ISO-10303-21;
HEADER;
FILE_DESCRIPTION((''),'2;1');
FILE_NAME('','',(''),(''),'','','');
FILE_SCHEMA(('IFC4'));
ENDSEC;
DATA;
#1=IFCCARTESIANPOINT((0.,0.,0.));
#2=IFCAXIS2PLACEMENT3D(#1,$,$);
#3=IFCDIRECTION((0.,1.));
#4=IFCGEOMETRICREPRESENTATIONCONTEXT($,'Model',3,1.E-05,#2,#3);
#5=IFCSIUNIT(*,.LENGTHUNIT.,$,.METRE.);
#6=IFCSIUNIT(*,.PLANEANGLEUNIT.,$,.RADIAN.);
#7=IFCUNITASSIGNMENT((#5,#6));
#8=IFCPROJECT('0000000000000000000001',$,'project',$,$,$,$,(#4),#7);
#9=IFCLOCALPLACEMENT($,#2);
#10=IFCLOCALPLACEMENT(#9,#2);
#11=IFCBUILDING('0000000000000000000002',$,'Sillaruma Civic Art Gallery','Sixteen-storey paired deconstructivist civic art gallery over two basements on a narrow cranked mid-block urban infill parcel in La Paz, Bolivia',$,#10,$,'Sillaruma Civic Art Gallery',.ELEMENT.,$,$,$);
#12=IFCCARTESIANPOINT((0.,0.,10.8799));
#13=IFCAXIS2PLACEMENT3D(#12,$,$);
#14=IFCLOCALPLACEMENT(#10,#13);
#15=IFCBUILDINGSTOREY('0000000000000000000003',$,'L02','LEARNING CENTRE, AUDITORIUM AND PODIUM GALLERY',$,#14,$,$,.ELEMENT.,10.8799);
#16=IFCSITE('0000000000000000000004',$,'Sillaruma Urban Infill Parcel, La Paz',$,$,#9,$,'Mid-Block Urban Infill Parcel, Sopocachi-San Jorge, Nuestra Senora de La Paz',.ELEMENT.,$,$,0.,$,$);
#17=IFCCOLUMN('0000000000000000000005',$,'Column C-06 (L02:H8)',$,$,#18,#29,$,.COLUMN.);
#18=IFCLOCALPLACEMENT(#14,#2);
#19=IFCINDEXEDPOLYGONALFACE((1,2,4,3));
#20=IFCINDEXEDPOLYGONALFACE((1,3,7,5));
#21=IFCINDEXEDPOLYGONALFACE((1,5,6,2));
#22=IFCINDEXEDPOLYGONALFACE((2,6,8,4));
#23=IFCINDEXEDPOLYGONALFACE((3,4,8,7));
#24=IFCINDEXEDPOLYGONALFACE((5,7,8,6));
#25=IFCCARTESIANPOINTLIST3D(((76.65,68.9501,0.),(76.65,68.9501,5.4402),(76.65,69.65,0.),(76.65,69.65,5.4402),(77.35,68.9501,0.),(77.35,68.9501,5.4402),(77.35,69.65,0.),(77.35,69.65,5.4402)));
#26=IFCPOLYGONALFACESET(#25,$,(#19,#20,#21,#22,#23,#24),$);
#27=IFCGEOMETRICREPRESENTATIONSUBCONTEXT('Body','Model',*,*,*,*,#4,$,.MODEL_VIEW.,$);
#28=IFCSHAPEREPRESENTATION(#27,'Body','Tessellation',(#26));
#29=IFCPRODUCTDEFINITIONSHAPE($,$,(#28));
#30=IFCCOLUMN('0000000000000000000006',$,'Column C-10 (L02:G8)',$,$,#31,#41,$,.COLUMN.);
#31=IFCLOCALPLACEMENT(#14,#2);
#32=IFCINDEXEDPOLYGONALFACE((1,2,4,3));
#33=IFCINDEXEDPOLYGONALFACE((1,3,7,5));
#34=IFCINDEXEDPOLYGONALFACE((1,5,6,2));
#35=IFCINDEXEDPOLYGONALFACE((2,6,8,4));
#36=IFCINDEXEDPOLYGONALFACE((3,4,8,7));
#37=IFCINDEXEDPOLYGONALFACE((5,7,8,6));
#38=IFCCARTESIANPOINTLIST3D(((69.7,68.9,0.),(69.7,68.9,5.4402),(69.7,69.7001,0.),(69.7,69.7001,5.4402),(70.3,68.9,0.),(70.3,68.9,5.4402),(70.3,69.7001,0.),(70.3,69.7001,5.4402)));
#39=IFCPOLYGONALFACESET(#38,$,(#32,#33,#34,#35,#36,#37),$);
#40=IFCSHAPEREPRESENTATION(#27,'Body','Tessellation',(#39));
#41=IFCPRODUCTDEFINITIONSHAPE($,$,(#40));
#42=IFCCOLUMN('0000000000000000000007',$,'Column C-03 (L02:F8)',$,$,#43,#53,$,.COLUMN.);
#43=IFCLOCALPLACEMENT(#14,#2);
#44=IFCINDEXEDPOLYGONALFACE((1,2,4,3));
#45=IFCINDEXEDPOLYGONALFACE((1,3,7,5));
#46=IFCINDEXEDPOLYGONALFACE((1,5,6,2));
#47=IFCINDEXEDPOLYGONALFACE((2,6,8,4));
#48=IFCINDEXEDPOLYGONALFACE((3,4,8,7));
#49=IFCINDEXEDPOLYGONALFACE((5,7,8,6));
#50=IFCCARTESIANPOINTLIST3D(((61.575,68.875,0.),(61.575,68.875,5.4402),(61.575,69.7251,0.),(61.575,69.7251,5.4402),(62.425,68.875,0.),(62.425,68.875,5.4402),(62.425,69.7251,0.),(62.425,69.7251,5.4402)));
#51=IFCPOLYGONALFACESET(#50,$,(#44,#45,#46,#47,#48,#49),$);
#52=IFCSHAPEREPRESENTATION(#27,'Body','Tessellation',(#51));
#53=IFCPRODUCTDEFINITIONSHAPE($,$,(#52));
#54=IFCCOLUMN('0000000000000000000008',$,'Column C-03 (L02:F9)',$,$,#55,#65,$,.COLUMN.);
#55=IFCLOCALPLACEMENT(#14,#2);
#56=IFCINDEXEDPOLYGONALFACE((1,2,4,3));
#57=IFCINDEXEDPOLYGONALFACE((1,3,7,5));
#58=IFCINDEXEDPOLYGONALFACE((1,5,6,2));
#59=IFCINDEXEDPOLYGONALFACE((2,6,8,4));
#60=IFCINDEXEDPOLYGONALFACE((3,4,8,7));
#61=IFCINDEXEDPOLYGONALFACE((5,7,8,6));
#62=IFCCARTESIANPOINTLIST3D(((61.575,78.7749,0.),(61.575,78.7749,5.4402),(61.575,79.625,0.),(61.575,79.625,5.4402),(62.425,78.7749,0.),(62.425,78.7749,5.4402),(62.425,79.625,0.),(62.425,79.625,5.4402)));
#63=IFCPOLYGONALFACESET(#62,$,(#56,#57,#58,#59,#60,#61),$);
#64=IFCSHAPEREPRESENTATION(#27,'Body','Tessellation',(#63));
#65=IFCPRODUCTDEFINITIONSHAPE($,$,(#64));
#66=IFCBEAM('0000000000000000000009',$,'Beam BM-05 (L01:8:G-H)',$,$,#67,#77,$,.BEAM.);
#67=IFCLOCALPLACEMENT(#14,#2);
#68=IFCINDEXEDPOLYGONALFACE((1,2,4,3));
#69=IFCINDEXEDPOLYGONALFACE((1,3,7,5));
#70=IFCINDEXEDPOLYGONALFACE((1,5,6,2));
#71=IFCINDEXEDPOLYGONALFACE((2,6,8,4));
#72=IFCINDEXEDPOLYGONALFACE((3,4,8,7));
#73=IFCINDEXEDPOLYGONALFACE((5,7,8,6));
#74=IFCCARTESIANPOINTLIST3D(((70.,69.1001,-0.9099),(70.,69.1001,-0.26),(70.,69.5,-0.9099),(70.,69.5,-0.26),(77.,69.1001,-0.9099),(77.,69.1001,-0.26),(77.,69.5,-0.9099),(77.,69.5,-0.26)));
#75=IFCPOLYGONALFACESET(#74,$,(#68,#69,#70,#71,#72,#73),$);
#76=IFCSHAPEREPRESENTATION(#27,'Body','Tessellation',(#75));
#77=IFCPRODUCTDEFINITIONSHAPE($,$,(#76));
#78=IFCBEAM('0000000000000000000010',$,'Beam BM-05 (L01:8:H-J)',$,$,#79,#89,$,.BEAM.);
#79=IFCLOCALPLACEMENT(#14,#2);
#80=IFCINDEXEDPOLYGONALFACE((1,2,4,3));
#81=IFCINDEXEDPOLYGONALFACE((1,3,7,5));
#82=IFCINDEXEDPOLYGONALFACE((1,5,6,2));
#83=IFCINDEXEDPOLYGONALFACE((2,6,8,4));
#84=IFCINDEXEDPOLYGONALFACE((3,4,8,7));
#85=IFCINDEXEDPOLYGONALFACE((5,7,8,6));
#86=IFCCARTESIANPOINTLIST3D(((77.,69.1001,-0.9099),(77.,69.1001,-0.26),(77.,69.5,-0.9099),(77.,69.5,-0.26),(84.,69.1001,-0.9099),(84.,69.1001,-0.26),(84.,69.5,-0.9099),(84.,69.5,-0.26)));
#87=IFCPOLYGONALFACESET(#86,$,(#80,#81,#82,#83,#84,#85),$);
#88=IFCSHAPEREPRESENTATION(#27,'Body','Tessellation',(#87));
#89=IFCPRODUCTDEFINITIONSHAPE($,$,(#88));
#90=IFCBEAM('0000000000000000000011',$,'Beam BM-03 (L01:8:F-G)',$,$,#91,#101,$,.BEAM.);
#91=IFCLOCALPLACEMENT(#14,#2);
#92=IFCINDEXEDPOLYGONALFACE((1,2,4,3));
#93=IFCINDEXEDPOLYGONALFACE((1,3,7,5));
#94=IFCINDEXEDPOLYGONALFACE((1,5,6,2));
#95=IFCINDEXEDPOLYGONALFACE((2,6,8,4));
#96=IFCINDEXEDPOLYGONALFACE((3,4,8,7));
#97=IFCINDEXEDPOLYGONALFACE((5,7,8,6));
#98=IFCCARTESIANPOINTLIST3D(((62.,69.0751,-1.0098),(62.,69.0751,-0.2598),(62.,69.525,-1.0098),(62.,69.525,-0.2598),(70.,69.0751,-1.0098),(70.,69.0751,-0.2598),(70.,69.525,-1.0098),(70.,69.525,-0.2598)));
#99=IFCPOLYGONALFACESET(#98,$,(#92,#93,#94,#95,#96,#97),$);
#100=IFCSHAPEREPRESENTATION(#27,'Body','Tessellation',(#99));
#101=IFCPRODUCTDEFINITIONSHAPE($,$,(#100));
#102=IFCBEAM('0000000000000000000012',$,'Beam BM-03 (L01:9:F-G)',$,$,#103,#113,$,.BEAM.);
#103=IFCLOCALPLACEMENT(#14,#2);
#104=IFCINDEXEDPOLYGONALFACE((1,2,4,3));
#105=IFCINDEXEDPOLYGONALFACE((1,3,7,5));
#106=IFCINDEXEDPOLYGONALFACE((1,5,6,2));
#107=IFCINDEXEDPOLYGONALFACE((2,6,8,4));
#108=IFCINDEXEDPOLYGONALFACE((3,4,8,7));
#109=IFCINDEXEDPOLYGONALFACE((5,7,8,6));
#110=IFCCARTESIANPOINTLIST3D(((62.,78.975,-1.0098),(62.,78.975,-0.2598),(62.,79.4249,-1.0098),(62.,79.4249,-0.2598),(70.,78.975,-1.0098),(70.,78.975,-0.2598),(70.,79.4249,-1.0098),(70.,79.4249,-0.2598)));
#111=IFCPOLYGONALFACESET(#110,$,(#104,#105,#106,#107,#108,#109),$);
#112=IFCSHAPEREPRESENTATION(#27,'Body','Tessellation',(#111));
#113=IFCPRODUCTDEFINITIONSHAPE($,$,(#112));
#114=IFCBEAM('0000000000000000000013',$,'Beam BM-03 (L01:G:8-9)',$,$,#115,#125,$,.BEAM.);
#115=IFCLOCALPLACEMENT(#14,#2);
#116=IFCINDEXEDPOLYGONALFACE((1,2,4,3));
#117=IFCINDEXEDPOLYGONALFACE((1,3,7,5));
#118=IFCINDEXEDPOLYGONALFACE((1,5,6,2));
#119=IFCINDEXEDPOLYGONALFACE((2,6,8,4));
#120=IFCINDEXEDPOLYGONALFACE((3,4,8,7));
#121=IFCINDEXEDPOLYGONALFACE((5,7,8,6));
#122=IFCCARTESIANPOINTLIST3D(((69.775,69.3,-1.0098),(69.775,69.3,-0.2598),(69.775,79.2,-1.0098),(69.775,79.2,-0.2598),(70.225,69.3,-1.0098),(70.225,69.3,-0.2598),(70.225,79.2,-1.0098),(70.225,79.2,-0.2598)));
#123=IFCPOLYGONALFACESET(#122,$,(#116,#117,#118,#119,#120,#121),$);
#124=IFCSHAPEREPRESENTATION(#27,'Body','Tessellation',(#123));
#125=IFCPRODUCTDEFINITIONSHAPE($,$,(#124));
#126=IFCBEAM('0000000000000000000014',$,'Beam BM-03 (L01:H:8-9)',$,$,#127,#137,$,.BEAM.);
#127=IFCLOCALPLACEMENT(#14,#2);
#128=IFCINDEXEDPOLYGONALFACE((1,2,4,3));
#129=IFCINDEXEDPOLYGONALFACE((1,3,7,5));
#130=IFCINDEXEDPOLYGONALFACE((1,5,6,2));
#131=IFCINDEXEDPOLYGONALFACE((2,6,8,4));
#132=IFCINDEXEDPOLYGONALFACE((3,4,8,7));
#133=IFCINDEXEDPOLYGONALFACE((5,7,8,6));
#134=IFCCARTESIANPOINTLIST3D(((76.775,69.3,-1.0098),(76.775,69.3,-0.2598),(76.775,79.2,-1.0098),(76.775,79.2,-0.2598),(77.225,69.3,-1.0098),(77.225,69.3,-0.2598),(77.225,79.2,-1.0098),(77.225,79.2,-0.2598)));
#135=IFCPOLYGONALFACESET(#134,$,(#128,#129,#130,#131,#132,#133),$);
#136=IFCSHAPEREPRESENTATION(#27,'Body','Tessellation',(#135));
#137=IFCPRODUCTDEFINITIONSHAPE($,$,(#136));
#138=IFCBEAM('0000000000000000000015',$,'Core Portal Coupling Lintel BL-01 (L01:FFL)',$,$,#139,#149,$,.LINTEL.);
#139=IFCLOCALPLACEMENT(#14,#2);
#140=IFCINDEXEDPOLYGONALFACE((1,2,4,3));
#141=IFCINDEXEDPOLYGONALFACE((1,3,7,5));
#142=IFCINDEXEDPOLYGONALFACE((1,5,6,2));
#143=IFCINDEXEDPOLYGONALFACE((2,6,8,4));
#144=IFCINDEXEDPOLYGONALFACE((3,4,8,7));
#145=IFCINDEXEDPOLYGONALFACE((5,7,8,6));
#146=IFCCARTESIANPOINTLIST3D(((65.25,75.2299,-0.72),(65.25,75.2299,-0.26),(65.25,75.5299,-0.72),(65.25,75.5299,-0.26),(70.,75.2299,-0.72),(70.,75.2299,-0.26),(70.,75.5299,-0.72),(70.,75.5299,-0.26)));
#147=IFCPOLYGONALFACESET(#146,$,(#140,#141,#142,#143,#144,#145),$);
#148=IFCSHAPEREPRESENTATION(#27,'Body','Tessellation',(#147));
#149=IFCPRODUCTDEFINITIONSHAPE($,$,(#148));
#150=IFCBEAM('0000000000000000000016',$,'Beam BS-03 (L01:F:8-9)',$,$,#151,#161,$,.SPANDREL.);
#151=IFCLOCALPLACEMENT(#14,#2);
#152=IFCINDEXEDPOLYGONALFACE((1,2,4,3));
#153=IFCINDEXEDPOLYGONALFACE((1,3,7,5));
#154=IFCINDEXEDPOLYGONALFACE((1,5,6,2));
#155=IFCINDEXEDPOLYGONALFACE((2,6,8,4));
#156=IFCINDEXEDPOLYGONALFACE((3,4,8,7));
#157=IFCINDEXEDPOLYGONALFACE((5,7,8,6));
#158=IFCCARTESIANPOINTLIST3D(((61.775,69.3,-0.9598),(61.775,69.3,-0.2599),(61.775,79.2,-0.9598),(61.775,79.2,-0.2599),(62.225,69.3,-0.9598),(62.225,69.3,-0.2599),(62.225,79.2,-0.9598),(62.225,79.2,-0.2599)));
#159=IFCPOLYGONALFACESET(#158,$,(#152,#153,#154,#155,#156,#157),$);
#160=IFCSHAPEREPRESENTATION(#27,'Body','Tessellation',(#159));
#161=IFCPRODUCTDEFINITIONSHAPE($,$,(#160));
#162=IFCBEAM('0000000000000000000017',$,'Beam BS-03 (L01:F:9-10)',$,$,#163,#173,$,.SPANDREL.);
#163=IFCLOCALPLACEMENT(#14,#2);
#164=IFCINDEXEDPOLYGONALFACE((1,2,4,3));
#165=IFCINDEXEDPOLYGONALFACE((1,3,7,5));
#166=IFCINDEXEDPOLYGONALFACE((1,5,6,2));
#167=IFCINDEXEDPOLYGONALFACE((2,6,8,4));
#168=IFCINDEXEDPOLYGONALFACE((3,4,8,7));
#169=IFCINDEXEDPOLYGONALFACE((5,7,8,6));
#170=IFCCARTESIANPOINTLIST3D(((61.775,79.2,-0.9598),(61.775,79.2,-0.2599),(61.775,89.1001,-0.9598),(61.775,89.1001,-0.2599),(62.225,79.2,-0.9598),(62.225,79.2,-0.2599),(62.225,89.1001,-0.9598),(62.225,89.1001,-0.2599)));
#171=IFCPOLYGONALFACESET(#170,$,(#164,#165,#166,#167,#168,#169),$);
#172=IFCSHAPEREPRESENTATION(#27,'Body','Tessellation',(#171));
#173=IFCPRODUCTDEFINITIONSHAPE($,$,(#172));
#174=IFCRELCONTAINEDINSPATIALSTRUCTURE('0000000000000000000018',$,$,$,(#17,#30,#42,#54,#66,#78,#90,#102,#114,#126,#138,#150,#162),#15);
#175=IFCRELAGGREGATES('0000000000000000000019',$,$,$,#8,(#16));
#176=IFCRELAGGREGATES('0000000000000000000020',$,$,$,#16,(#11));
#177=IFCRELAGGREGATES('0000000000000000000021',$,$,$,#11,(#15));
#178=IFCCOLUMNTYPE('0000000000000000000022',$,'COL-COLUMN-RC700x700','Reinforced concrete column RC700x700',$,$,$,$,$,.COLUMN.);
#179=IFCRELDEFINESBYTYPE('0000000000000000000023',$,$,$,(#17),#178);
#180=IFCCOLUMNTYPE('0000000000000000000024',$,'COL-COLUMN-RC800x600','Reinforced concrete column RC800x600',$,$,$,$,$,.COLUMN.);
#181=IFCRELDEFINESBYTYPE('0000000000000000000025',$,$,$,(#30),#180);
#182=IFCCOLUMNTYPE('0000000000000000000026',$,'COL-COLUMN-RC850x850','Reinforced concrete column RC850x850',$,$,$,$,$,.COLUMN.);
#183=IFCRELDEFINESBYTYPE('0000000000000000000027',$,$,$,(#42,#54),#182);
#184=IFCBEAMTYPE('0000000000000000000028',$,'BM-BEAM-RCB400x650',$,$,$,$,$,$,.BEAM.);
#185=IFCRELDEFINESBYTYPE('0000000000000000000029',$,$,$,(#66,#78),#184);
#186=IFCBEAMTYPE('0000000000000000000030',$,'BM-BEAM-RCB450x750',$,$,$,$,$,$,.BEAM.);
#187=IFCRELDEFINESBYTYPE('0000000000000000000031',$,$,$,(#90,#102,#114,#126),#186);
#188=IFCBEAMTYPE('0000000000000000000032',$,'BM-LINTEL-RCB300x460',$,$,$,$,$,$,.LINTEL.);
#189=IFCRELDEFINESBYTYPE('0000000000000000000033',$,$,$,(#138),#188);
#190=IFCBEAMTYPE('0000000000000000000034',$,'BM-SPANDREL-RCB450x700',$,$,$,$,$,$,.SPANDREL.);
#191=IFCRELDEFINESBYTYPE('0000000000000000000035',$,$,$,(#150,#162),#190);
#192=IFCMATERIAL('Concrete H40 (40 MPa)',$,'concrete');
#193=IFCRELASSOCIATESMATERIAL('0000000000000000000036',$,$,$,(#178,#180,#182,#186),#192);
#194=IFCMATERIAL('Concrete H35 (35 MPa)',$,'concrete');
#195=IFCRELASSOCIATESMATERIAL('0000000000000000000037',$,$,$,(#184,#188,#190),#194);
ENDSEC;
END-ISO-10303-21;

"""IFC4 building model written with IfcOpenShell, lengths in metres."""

from ifc_helpers import new_model, si_unit, direction, frame, origin, origin_2d, place, context, subcontext, project, spatial, rectangle, extrude, material, material_profile, profile_set, type_object, element, save


model = new_model("IFC4")

# Units and contexts
model_context = context("Model", 3, precision=1e-05, world=origin(), true_north=direction((0.0, 1.0)))
body_context = subcontext(model_context, "Body", "Model", "MODEL_VIEW")
ifc_project = project(units=[si_unit("LENGTHUNIT", "METRE"), si_unit("PLANEANGLEUNIT", "RADIAN")], contexts=[model_context])

# Site, building, storey
site_placement = place(None, origin())
site = spatial("IfcSite", under=ifc_project, at=site_placement, Name="Sillaruma Urban Infill Parcel, La Paz", LongName="Mid-Block Urban Infill Parcel, Sopocachi-San Jorge, Nuestra Senora de La Paz", CompositionType="ELEMENT", RefElevation=0.0)
building_placement = place(site_placement, origin())
building = spatial("IfcBuilding", under=site, at=building_placement, Name="Sillaruma Civic Art Gallery", Description="Sixteen-storey paired deconstructivist civic art gallery over two basements on a narrow cranked mid-block urban infill parcel in La Paz, Bolivia", LongName="Sillaruma Civic Art Gallery", CompositionType="ELEMENT")
storey_placement = place(building_placement, frame((0.0, 0.0, 10.8799)))
storey = spatial("IfcBuildingStorey", under=building, at=storey_placement, Name="L02", Description="LEARNING CENTRE, AUDITORIUM AND PODIUM GALLERY", CompositionType="ELEMENT", Elevation=10.8799)

# Columns
ifc_material_1 = material(Name="Concrete H40 (40 MPa)", Category="concrete")
ifc_material_profile_1 = material_profile(ifc_material_1, rectangle(XDim=0.7, YDim=0.7, at=origin_2d()), Name="RC700x700")
ifc_profile_set_1 = profile_set([ifc_material_profile_1], Name="Concrete H40 (40 MPa)")
column_type_1 = type_object("IfcColumnType", Name="COL-COLUMN-RC700x700", Description="Reinforced concrete column RC700x700", PredefinedType="COLUMN", material=ifc_profile_set_1)
column_1_placement = place(storey_placement, frame((77.0, 69.3, 0.0), z_axis=(0.0, 0.0, 1.0), x_axis=(1.0, 0.0, 0.0)))
element("IfcColumn", 1, at=column_1_placement, inside=storey, type_object=column_type_1, Name="Column C-06 (L02:H8)", PredefinedType="COLUMN", context=body_context, shape_type="SweptSolid", body=[
    extrude(rectangle(XDim=0.7, YDim=0.7, at=origin_2d()), origin(), (0.0, 0.0, 1.0), 5.4402),
])
ifc_material_profile_2 = material_profile(ifc_material_1, rectangle(XDim=0.6001, YDim=0.8, at=origin_2d()), Name="RC800x600")
ifc_profile_set_2 = profile_set([ifc_material_profile_2], Name="Concrete H40 (40 MPa)")
column_type_2 = type_object("IfcColumnType", Name="COL-COLUMN-RC800x600", Description="Reinforced concrete column RC800x600", PredefinedType="COLUMN", material=ifc_profile_set_2)
column_2_placement = place(storey_placement, frame((70.0, 69.3, 0.0), z_axis=(0.0, 0.0, 1.0), x_axis=(1.0, 0.0, 0.0)))
element("IfcColumn", 2, at=column_2_placement, inside=storey, type_object=column_type_2, Name="Column C-10 (L02:G8)", PredefinedType="COLUMN", context=body_context, shape_type="SweptSolid", body=[
    extrude(rectangle(XDim=0.6001, YDim=0.8, at=origin_2d()), origin(), (0.0, 0.0, 1.0), 5.4402),
])
ifc_material_profile_3 = material_profile(ifc_material_1, rectangle(XDim=0.8501, YDim=0.8501, at=origin_2d()), Name="RC850x850")
ifc_profile_set_3 = profile_set([ifc_material_profile_3], Name="Concrete H40 (40 MPa)")
column_type_3 = type_object("IfcColumnType", Name="COL-COLUMN-RC850x850", Description="Reinforced concrete column RC850x850", PredefinedType="COLUMN", material=ifc_profile_set_3)
for number, where, z_axis, x_axis, name in (
    (3, (62.0, 69.3, 0.0), (0.0, 0.0, 1.0), (1.0, 0.0, 0.0), "Column C-03 (L02:F8)"),
    (4, (62.0, 79.2, 0.0), (0.0, 0.0, 1.0), (1.0, 0.0, 0.0), "Column C-03 (L02:F9)"),
):
    element("IfcColumn", number, at=place(storey_placement, frame(where, z_axis=z_axis, x_axis=x_axis)), inside=storey, type_object=column_type_3, Name=name, PredefinedType="COLUMN", context=body_context, shape_type="SweptSolid", body=[
        extrude(rectangle(XDim=0.8501, YDim=0.8501, at=origin_2d()), origin(), (0.0, 0.0, 1.0), 5.4402),
    ])

# Beams
ifc_material_2 = material(Name="Concrete H35 (35 MPa)", Category="concrete")
ifc_material_profile_4 = material_profile(ifc_material_2, rectangle(XDim=0.3999, YDim=0.6499, at=origin_2d()), Name="RCB400x650")
ifc_profile_set_4 = profile_set([ifc_material_profile_4], Name="Concrete H35 (35 MPa)")
beam_type_1 = type_object("IfcBeamType", Name="BM-BEAM-RCB400x650", PredefinedType="BEAM", material=ifc_profile_set_4)
for number, where, z_axis, x_axis, name in (
    (5, (70.0, 69.3, -0.585), (1.0, 0.0, 0.0), (0.0, 1.0, 0.0), "Beam BM-05 (L01:8:G-H)"),
    (6, (77.0, 69.3, -0.585), (1.0, 0.0, 0.0), (0.0, 1.0, 0.0), "Beam BM-05 (L01:8:H-J)"),
):
    element("IfcBeam", number, at=place(storey_placement, frame(where, z_axis=z_axis, x_axis=x_axis)), inside=storey, type_object=beam_type_1, Name=name, PredefinedType="BEAM", context=body_context, shape_type="SweptSolid", body=[
        extrude(rectangle(XDim=0.3999, YDim=0.6499, at=origin_2d()), origin(), (0.0, 0.0, 1.0), 7.0),
    ])
ifc_material_profile_5 = material_profile(ifc_material_1, rectangle(XDim=0.45, YDim=0.75, at=origin_2d()), Name="RCB450x750")
ifc_profile_set_5 = profile_set([ifc_material_profile_5], Name="Concrete H40 (40 MPa)")
beam_type_2 = type_object("IfcBeamType", Name="BM-BEAM-RCB450x750", PredefinedType="BEAM", material=ifc_profile_set_5)
for number, where, z_axis, x_axis, name in (
    (7, (62.0, 69.3, -0.6348), (1.0, 0.0, 0.0), (0.0, 1.0, 0.0), "Beam BM-03 (L01:8:F-G)"),
    (8, (62.0, 79.2, -0.6348), (1.0, 0.0, 0.0), (0.0, 1.0, 0.0), "Beam BM-03 (L01:9:F-G)"),
):
    element("IfcBeam", number, at=place(storey_placement, frame(where, z_axis=z_axis, x_axis=x_axis)), inside=storey, type_object=beam_type_2, Name=name, PredefinedType="BEAM", context=body_context, shape_type="SweptSolid", body=[
        extrude(rectangle(XDim=0.45, YDim=0.75, at=origin_2d()), origin(), (0.0, 0.0, 1.0), 8.0),
    ])
for number, where, z_axis, x_axis, name in (
    (9, (70.0, 69.3, -0.6348), (0.0, 1.0, 0.0), (-1.0, 0.0, 0.0), "Beam BM-03 (L01:G:8-9)"),
    (10, (77.0, 69.3, -0.6348), (0.0, 1.0, 0.0), (-1.0, 0.0, 0.0), "Beam BM-03 (L01:H:8-9)"),
):
    element("IfcBeam", number, at=place(storey_placement, frame(where, z_axis=z_axis, x_axis=x_axis)), inside=storey, type_object=beam_type_2, Name=name, PredefinedType="BEAM", context=body_context, shape_type="SweptSolid", body=[
        extrude(rectangle(XDim=0.45, YDim=0.75, at=origin_2d()), origin(), (0.0, 0.0, 1.0), 9.8999),
    ])
ifc_material_profile_6 = material_profile(ifc_material_2, rectangle(XDim=0.3, YDim=0.46, at=origin_2d()), Name="RCB300x460")
ifc_profile_set_6 = profile_set([ifc_material_profile_6], Name="Concrete H35 (35 MPa)")
beam_type_3 = type_object("IfcBeamType", Name="BM-LINTEL-RCB300x460", PredefinedType="LINTEL", material=ifc_profile_set_6)
beam_1_placement = place(storey_placement, frame((65.25, 75.3799, -0.49), z_axis=(1.0, 0.0, 0.0), x_axis=(0.0, 1.0, 0.0)))
element("IfcBeam", 11, at=beam_1_placement, inside=storey, type_object=beam_type_3, Name="Core Portal Coupling Lintel BL-01 (L01:FFL)", PredefinedType="LINTEL", context=body_context, shape_type="SweptSolid", body=[
    extrude(rectangle(XDim=0.3, YDim=0.46, at=origin_2d()), origin(), (0.0, 0.0, 1.0), 4.75),
])
ifc_material_profile_7 = material_profile(ifc_material_2, rectangle(XDim=0.45, YDim=0.7, at=origin_2d()), Name="RCB450x700")
ifc_profile_set_7 = profile_set([ifc_material_profile_7], Name="Concrete H35 (35 MPa)")
beam_type_4 = type_object("IfcBeamType", Name="BM-SPANDREL-RCB450x700", PredefinedType="SPANDREL", material=ifc_profile_set_7)
beam_2_placement = place(storey_placement, frame((62.0, 69.3, -0.6099), z_axis=(0.0, 1.0, 0.0), x_axis=(-1.0, 0.0, 0.0)))
element("IfcBeam", 12, at=beam_2_placement, inside=storey, type_object=beam_type_4, Name="Beam BS-03 (L01:F:8-9)", PredefinedType="SPANDREL", context=body_context, shape_type="SweptSolid", body=[
    extrude(rectangle(XDim=0.45, YDim=0.7, at=origin_2d()), origin(), (0.0, 0.0, 1.0), 9.8999),
])
beam_3_placement = place(storey_placement, frame((62.0, 79.2, -0.6099), z_axis=(0.0, 1.0, 0.0), x_axis=(-1.0, 0.0, 0.0)))
element("IfcBeam", 13, at=beam_3_placement, inside=storey, type_object=beam_type_4, Name="Beam BS-03 (L01:F:9-10)", PredefinedType="SPANDREL", context=body_context, shape_type="SweptSolid", body=[
    extrude(rectangle(XDim=0.45, YDim=0.7, at=origin_2d()), origin(), (0.0, 0.0, 1.0), 9.9001),
])

save(model, "model.ifc")
